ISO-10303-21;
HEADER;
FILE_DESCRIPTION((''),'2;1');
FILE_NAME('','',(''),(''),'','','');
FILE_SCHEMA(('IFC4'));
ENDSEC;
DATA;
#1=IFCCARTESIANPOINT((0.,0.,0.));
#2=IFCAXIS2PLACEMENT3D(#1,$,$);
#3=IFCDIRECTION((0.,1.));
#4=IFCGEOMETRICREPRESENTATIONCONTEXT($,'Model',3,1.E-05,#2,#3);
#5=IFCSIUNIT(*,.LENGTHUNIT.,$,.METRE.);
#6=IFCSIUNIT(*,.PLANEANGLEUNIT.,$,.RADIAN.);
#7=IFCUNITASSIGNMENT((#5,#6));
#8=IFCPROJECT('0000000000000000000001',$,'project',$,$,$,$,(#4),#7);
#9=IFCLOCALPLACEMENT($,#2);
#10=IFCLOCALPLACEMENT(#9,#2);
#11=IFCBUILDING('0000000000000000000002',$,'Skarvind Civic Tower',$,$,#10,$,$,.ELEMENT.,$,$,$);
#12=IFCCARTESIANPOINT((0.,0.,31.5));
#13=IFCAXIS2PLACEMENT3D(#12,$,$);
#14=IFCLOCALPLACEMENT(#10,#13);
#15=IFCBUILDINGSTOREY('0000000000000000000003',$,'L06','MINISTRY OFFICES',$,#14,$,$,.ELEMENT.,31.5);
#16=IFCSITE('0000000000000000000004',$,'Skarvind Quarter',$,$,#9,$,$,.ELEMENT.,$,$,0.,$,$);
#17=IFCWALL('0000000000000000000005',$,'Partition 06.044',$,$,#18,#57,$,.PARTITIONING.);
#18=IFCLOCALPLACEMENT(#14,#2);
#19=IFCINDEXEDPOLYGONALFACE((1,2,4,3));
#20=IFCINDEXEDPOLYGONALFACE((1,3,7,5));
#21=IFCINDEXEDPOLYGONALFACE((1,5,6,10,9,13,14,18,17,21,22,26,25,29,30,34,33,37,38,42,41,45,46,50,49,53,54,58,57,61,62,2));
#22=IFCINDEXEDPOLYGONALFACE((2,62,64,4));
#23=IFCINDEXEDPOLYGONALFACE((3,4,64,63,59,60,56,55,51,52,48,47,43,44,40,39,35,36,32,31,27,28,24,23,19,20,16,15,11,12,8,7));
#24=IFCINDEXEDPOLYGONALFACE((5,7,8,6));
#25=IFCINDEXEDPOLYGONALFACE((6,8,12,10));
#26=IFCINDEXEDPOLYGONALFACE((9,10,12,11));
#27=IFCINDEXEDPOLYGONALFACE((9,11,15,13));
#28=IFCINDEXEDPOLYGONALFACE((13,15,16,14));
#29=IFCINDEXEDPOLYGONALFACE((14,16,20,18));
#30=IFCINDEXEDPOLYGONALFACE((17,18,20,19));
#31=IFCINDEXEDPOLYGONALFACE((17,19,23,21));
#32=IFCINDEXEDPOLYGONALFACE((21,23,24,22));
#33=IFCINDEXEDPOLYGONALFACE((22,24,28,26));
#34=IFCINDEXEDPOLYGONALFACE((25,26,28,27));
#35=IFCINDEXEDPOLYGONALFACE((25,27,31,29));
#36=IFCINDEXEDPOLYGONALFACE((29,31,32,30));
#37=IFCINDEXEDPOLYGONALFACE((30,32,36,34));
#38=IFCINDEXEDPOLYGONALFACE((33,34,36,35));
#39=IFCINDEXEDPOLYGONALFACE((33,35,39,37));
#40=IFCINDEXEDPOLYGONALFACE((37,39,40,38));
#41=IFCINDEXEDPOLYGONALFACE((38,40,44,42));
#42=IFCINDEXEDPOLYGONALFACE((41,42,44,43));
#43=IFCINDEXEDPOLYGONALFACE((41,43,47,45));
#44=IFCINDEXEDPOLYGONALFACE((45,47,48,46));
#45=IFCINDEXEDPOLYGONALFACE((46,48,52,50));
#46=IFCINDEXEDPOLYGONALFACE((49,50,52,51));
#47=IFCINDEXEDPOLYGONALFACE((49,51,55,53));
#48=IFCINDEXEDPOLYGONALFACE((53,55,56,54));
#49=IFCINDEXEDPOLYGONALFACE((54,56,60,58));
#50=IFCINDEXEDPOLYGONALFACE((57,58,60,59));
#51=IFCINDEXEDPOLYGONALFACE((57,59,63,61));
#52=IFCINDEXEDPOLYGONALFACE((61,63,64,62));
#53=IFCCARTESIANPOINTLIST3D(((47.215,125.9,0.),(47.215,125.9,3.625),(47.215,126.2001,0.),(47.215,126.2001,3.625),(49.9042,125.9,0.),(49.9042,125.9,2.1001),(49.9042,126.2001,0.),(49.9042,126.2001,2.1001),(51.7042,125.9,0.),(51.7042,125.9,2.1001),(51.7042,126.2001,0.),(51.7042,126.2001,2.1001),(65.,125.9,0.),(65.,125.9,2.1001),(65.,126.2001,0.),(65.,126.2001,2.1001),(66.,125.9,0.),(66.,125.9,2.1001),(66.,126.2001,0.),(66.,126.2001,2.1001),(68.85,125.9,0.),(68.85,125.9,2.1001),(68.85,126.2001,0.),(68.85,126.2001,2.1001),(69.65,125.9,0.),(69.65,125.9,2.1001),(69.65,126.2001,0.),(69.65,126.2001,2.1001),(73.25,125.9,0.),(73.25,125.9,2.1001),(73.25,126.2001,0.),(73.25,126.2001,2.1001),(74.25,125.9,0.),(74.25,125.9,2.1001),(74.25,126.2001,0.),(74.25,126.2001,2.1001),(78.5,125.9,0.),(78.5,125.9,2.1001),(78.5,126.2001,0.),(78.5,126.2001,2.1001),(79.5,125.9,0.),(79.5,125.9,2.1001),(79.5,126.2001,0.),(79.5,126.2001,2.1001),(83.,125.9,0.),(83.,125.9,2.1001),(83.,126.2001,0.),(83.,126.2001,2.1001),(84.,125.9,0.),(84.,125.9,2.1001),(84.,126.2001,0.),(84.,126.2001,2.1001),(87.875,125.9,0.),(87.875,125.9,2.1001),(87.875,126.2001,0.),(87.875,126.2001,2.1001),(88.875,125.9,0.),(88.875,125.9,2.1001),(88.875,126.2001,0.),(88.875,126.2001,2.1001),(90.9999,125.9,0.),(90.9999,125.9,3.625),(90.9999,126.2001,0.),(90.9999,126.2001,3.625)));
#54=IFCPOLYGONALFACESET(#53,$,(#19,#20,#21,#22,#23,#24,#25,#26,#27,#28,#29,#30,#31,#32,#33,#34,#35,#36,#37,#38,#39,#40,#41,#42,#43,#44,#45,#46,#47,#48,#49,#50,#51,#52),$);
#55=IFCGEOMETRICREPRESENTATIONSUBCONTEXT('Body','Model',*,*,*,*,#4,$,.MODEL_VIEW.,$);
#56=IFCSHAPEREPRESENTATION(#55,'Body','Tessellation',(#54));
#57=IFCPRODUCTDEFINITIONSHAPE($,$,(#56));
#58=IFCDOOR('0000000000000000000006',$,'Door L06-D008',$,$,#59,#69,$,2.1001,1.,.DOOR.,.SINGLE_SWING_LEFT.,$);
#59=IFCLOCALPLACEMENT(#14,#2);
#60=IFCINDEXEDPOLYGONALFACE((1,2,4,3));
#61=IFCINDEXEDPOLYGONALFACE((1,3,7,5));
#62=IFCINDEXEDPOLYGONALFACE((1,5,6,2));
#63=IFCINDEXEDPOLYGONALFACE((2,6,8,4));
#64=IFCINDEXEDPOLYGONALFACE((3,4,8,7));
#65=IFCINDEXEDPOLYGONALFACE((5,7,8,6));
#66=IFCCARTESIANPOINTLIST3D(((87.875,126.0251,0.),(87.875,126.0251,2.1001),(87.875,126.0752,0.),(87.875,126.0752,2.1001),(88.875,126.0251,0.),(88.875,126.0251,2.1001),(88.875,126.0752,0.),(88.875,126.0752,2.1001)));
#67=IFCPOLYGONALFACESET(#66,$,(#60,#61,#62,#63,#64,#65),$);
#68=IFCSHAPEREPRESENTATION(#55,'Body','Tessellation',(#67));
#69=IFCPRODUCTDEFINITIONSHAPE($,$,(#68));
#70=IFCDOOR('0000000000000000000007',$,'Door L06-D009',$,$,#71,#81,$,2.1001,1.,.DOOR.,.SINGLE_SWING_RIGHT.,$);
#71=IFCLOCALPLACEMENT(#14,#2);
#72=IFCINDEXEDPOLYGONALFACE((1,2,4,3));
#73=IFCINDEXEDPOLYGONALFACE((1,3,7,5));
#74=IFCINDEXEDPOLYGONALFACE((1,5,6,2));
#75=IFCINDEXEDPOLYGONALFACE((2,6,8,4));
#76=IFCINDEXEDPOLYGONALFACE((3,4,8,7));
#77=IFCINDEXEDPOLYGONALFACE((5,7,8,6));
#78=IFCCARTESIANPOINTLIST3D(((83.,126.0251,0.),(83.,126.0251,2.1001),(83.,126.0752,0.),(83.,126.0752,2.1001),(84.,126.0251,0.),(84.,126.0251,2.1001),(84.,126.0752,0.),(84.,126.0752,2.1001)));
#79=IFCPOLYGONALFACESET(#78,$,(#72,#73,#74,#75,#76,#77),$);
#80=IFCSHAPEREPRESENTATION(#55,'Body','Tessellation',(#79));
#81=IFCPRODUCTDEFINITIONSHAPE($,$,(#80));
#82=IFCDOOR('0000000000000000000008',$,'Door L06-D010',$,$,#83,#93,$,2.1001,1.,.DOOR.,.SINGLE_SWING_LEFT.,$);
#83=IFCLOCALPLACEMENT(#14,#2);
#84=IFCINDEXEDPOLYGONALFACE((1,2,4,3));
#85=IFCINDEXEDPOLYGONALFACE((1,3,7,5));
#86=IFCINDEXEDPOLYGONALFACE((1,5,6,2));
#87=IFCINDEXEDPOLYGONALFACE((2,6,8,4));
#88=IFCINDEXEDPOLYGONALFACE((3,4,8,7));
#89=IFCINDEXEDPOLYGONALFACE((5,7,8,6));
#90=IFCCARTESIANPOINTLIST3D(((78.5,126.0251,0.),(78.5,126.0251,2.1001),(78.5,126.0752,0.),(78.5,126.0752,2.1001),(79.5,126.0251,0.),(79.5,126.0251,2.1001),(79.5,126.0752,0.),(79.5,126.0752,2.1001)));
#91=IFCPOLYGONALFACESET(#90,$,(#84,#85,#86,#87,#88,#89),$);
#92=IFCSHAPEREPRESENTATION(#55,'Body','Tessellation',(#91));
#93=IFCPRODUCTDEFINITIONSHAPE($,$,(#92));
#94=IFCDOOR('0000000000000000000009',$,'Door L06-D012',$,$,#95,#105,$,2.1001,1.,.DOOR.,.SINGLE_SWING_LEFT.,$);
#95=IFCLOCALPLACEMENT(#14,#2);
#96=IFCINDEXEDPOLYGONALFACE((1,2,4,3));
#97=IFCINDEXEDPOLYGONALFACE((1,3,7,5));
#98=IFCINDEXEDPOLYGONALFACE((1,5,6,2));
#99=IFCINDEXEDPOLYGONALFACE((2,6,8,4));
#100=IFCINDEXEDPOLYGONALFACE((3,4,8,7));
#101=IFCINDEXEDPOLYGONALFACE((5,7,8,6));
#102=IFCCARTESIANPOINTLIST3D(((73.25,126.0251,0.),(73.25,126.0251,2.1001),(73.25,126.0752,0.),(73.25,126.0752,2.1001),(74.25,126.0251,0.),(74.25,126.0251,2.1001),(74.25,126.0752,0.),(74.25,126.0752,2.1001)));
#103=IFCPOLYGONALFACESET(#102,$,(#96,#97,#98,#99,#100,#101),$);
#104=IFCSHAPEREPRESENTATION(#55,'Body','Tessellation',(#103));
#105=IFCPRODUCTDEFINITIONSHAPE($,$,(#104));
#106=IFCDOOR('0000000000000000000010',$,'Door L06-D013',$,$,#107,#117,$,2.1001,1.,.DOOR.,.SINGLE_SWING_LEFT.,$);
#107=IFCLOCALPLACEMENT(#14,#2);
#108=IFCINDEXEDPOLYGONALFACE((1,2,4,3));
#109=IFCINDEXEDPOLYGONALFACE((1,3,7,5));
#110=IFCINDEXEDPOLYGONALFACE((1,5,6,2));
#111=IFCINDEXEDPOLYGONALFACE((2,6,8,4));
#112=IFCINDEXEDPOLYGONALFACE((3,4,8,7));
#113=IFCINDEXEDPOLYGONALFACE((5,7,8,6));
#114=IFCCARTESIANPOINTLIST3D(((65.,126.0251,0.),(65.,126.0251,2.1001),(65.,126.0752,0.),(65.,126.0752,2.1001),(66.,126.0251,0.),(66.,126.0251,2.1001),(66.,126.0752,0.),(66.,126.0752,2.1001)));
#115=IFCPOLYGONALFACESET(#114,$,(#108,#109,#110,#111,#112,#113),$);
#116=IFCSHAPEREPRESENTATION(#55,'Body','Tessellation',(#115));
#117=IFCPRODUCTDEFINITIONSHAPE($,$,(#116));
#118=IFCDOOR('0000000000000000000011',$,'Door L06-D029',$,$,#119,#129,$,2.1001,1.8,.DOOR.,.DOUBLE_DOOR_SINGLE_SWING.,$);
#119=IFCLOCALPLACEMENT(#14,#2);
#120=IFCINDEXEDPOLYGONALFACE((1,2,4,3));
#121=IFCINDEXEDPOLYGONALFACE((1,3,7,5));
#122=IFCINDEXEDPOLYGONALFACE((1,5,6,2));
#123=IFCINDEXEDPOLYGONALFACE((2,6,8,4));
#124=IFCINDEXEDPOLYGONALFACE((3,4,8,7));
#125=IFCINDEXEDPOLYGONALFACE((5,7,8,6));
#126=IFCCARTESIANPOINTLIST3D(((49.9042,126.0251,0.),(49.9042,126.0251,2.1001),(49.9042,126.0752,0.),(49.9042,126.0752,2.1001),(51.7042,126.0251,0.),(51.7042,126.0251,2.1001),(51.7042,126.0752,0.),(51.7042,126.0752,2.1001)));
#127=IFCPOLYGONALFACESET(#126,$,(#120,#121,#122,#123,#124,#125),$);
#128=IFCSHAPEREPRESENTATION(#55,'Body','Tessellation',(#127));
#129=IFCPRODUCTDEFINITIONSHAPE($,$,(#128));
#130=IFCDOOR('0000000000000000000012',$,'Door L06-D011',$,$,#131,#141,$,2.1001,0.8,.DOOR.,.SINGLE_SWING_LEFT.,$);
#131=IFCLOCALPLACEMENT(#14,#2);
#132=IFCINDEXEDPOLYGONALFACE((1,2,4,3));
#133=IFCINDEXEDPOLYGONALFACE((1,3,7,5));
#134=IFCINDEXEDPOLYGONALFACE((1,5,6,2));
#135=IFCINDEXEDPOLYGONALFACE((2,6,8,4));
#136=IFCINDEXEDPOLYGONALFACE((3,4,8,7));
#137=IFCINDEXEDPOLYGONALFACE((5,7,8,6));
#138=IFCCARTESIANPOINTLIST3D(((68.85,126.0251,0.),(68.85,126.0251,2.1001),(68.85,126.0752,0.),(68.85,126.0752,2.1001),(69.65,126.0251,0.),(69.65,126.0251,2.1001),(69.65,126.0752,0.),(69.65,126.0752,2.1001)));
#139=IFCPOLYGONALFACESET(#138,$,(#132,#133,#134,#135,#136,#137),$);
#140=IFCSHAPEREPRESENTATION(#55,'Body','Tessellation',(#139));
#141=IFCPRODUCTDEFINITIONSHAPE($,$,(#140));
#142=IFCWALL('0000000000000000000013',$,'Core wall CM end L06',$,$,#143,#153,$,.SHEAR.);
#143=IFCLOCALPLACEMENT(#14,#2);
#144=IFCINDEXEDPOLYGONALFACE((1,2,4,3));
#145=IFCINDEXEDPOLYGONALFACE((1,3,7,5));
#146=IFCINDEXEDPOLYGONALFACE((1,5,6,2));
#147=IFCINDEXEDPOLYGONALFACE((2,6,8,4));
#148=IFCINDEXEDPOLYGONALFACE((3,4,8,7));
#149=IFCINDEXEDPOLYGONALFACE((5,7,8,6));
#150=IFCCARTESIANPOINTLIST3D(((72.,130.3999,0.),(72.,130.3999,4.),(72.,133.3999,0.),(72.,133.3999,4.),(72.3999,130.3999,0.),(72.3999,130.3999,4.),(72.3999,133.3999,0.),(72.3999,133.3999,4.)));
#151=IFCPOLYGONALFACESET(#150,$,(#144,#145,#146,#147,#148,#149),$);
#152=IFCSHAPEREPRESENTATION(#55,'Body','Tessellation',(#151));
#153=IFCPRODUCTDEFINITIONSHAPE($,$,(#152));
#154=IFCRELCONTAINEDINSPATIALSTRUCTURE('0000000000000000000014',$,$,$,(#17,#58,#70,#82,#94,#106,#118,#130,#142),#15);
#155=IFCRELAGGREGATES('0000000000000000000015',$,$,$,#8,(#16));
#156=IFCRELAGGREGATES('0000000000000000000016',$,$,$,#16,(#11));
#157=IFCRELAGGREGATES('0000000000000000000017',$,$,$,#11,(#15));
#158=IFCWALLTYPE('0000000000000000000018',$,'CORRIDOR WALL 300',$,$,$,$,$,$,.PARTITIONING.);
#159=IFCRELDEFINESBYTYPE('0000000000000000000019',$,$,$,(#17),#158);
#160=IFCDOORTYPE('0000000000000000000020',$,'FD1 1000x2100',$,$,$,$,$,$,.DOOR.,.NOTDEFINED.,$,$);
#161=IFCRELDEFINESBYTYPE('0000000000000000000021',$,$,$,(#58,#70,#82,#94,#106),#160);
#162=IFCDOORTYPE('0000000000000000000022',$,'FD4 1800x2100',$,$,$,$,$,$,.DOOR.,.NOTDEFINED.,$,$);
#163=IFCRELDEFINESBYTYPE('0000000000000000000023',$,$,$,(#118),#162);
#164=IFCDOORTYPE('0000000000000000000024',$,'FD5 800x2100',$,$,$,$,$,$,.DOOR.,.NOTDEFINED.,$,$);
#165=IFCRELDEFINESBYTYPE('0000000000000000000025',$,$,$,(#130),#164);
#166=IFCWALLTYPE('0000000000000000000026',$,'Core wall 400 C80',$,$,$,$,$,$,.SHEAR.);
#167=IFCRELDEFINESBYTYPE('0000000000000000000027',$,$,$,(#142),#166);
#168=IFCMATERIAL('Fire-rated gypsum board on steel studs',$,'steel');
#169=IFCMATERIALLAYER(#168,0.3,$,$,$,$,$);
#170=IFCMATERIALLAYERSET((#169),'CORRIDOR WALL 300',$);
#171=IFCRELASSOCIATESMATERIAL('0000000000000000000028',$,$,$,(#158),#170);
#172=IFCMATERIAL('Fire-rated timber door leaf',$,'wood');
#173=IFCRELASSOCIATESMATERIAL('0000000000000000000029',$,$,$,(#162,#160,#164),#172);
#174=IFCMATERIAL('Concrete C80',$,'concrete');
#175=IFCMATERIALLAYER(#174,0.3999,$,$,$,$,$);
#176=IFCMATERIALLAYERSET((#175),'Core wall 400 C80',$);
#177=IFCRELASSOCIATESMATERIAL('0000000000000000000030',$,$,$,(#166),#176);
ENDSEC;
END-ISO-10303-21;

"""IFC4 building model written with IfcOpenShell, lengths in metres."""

from ifc_helpers import new_model, si_unit, direction, frame, frame_2d, origin, place, context, subcontext, project, spatial, rectangle, extrude, material, layer, layer_set, type_object, element, fill, save


model = new_model("IFC4")

# Units and contexts
model_context = context("Model", 3, precision=1e-05, world=origin(), true_north=direction((0.0, 1.0)))
body_context = subcontext(model_context, "Body", "Model", "MODEL_VIEW")
ifc_project = project(units=[si_unit("LENGTHUNIT", "METRE"), si_unit("PLANEANGLEUNIT", "RADIAN")], contexts=[model_context])

# Site, building, storey
site_placement = place(None, origin())
site = spatial("IfcSite", under=ifc_project, at=site_placement, Name="Skarvind Quarter", CompositionType="ELEMENT", RefElevation=0.0)
building_placement = place(site_placement, origin())
building = spatial("IfcBuilding", under=site, at=building_placement, Name="Skarvind Civic Tower", CompositionType="ELEMENT")
storey_placement = place(building_placement, frame((0.0, 0.0, 31.5)))
storey = spatial("IfcBuildingStorey", under=building, at=storey_placement, Name="L06", Description="MINISTRY OFFICES", CompositionType="ELEMENT", Elevation=31.5)

# Shared definitions
ifc_material_1 = material(Name="Concrete C80", Category="concrete")

# Wall, openings, doors
ifc_material_2 = material(Name="Fire-rated gypsum board on steel studs", Category="steel")
ifc_layer_1 = layer(ifc_material_2, 0.3)
ifc_layer_set_1 = layer_set([ifc_layer_1], Name="CORRIDOR WALL 300")
wall_type_1 = type_object("IfcWallType", Name="CORRIDOR WALL 300", PredefinedType="PARTITIONING", material=ifc_layer_set_1)
ifc_material_3 = material(Name="Fire-rated timber door leaf", Category="wood")
door_type_1 = type_object("IfcDoorType", Name="FD4 1800x2100", OperationType="NOTDEFINED", PredefinedType="DOOR", material=ifc_material_3)
wall_1_placement = place(storey_placement, frame((91.0, 126.05, 0.0), z_axis=(0.0, 0.0, 1.0), x_axis=(-1.0, 0.0, 0.0)))
wall_1 = element("IfcWall", 1, at=wall_1_placement, inside=storey, type_object=wall_type_1, Name="Partition 06.044", PredefinedType="PARTITIONING", context=body_context, shape_type="SweptSolid", body=[
    extrude(rectangle(XDim=43.7849, YDim=0.3, at=frame_2d((21.8926, 0.0))), origin(), (0.0, 0.0, 1.0), 3.625),
])
opening_1_placement = place(wall_1_placement, frame((2.125, 0.0, 0.0)))
opening_1 = element("IfcOpeningElement", 2, at=opening_1_placement, cuts=wall_1, PredefinedType="OPENING", context=body_context, shape_type="SweptSolid", body=[
    extrude(rectangle(XDim=1.0, YDim=2.1001, at=frame_2d((0.5, 1.05))), frame((0.0, 0.1599, 0.0), z_axis=(0.0, -1.0, 0.0), x_axis=(1.0, 0.0, 0.0)), (0.0, 0.0, 1.0), 0.3201),
])
opening_2_placement = place(wall_1_placement, frame((7.0, 0.0, 0.0)))
opening_2 = element("IfcOpeningElement", 3, at=opening_2_placement, cuts=wall_1, PredefinedType="OPENING", context=body_context, shape_type="SweptSolid", body=[
    extrude(rectangle(XDim=1.0, YDim=2.1001, at=frame_2d((0.5, 1.05))), frame((0.0, 0.1599, 0.0), z_axis=(0.0, -1.0, 0.0), x_axis=(1.0, 0.0, 0.0)), (0.0, 0.0, 1.0), 0.3201),
])
opening_3_placement = place(wall_1_placement, frame((11.5, 0.0, 0.0)))
opening_3 = element("IfcOpeningElement", 4, at=opening_3_placement, cuts=wall_1, PredefinedType="OPENING", context=body_context, shape_type="SweptSolid", body=[
    extrude(rectangle(XDim=1.0, YDim=2.1001, at=frame_2d((0.5, 1.05))), frame((0.0, 0.1599, 0.0), z_axis=(0.0, -1.0, 0.0), x_axis=(1.0, 0.0, 0.0)), (0.0, 0.0, 1.0), 0.3201),
])
opening_4_placement = place(wall_1_placement, frame((21.3501, 0.0, 0.0)))
opening_4 = element("IfcOpeningElement", 5, at=opening_4_placement, cuts=wall_1, PredefinedType="OPENING", context=body_context, shape_type="SweptSolid", body=[
    extrude(rectangle(XDim=0.8, YDim=2.1001, at=frame_2d((0.3999, 1.05))), frame((0.0, 0.1599, 0.0), z_axis=(0.0, -1.0, 0.0), x_axis=(1.0, 0.0, 0.0)), (0.0, 0.0, 1.0), 0.3201),
])
opening_5_placement = place(wall_1_placement, frame((16.75, 0.0, 0.0)))
opening_5 = element("IfcOpeningElement", 6, at=opening_5_placement, cuts=wall_1, PredefinedType="OPENING", context=body_context, shape_type="SweptSolid", body=[
    extrude(rectangle(XDim=1.0, YDim=2.1001, at=frame_2d((0.5, 1.05))), frame((0.0, 0.1599, 0.0), z_axis=(0.0, -1.0, 0.0), x_axis=(1.0, 0.0, 0.0)), (0.0, 0.0, 1.0), 0.3201),
])
opening_6_placement = place(wall_1_placement, frame((25.0, 0.0, 0.0)))
opening_6 = element("IfcOpeningElement", 7, at=opening_6_placement, cuts=wall_1, PredefinedType="OPENING", context=body_context, shape_type="SweptSolid", body=[
    extrude(rectangle(XDim=1.0, YDim=2.1001, at=frame_2d((0.5, 1.05))), frame((0.0, 0.1599, 0.0), z_axis=(0.0, -1.0, 0.0), x_axis=(1.0, 0.0, 0.0)), (0.0, 0.0, 1.0), 0.3201),
])
opening_7_placement = place(wall_1_placement, frame((39.2959, 0.0, 0.0)))
opening_7 = element("IfcOpeningElement", 8, at=opening_7_placement, cuts=wall_1, PredefinedType="OPENING", context=body_context, shape_type="SweptSolid", body=[
    extrude(rectangle(XDim=1.8, YDim=2.1001, at=frame_2d((0.8999, 1.05))), frame((0.0, 0.1599, 0.0), z_axis=(0.0, -1.0, 0.0), x_axis=(1.0, 0.0, 0.0)), (0.0, 0.0, 1.0), 0.3201),
])
door_type_2 = type_object("IfcDoorType", Name="FD1 1000x2100", OperationType="NOTDEFINED", PredefinedType="DOOR", material=ifc_material_3)
door_1_placement = place(opening_1_placement, origin())
door_1 = element("IfcDoor", 9, at=door_1_placement, inside=storey, type_object=door_type_2, Name="Door L06-D008", OperationType="SINGLE_SWING_LEFT", OverallHeight=2.1001, OverallWidth=1.0, PredefinedType="DOOR", context=body_context, shape_type="SweptSolid", body=[
    extrude(rectangle(XDim=1.0, YDim=2.1001, at=frame_2d((0.5, 1.05))), frame((0.0, 0.0249, 0.0), z_axis=(0.0, -1.0, 0.0), x_axis=(1.0, 0.0, 0.0)), (0.0, 0.0, 1.0), 0.05),
])
fill(opening_1, door_1)
door_2_placement = place(opening_2_placement, origin())
door_2 = element("IfcDoor", 10, at=door_2_placement, inside=storey, type_object=door_type_2, Name="Door L06-D009", OperationType="SINGLE_SWING_RIGHT", OverallHeight=2.1001, OverallWidth=1.0, PredefinedType="DOOR", context=body_context, shape_type="SweptSolid", body=[
    extrude(rectangle(XDim=1.0, YDim=2.1001, at=frame_2d((0.5, 1.05))), frame((0.0, 0.0249, 0.0), z_axis=(0.0, -1.0, 0.0), x_axis=(1.0, 0.0, 0.0)), (0.0, 0.0, 1.0), 0.05),
])
fill(opening_2, door_2)
door_3_placement = place(opening_3_placement, origin())
door_3 = element("IfcDoor", 11, at=door_3_placement, inside=storey, type_object=door_type_2, Name="Door L06-D010", OperationType="SINGLE_SWING_LEFT", OverallHeight=2.1001, OverallWidth=1.0, PredefinedType="DOOR", context=body_context, shape_type="SweptSolid", body=[
    extrude(rectangle(XDim=1.0, YDim=2.1001, at=frame_2d((0.5, 1.05))), frame((0.0, 0.0249, 0.0), z_axis=(0.0, -1.0, 0.0), x_axis=(1.0, 0.0, 0.0)), (0.0, 0.0, 1.0), 0.05),
])
fill(opening_3, door_3)
door_4_placement = place(opening_5_placement, origin())
door_4 = element("IfcDoor", 12, at=door_4_placement, inside=storey, type_object=door_type_2, Name="Door L06-D012", OperationType="SINGLE_SWING_LEFT", OverallHeight=2.1001, OverallWidth=1.0, PredefinedType="DOOR", context=body_context, shape_type="SweptSolid", body=[
    extrude(rectangle(XDim=1.0, YDim=2.1001, at=frame_2d((0.5, 1.05))), frame((0.0, 0.0249, 0.0), z_axis=(0.0, -1.0, 0.0), x_axis=(1.0, 0.0, 0.0)), (0.0, 0.0, 1.0), 0.05),
])
fill(opening_5, door_4)
door_5_placement = place(opening_6_placement, origin())
door_5 = element("IfcDoor", 13, at=door_5_placement, inside=storey, type_object=door_type_2, Name="Door L06-D013", OperationType="SINGLE_SWING_LEFT", OverallHeight=2.1001, OverallWidth=1.0, PredefinedType="DOOR", context=body_context, shape_type="SweptSolid", body=[
    extrude(rectangle(XDim=1.0, YDim=2.1001, at=frame_2d((0.5, 1.05))), frame((0.0, 0.0249, 0.0), z_axis=(0.0, -1.0, 0.0), x_axis=(1.0, 0.0, 0.0)), (0.0, 0.0, 1.0), 0.05),
])
fill(opening_6, door_5)
door_6_placement = place(opening_7_placement, origin())
door_6 = element("IfcDoor", 14, at=door_6_placement, inside=storey, type_object=door_type_1, Name="Door L06-D029", OperationType="DOUBLE_DOOR_SINGLE_SWING", OverallHeight=2.1001, OverallWidth=1.8, PredefinedType="DOOR", context=body_context, shape_type="SweptSolid", body=[
    extrude(rectangle(XDim=1.8, YDim=2.1001, at=frame_2d((0.8999, 1.05))), frame((0.0, 0.0249, 0.0), z_axis=(0.0, -1.0, 0.0), x_axis=(1.0, 0.0, 0.0)), (0.0, 0.0, 1.0), 0.05),
])
fill(opening_7, door_6)
door_type_3 = type_object("IfcDoorType", Name="FD5 800x2100", OperationType="NOTDEFINED", PredefinedType="DOOR", material=ifc_material_3)
door_7_placement = place(opening_4_placement, origin())
door_7 = element("IfcDoor", 15, at=door_7_placement, inside=storey, type_object=door_type_3, Name="Door L06-D011", OperationType="SINGLE_SWING_LEFT", OverallHeight=2.1001, OverallWidth=0.8, PredefinedType="DOOR", context=body_context, shape_type="SweptSolid", body=[
    extrude(rectangle(XDim=0.8, YDim=2.1001, at=frame_2d((0.3999, 1.05))), frame((0.0, 0.0249, 0.0), z_axis=(0.0, -1.0, 0.0), x_axis=(1.0, 0.0, 0.0)), (0.0, 0.0, 1.0), 0.05),
])
fill(opening_4, door_7)

# Wall
ifc_layer_2 = layer(ifc_material_1, 0.3999)
ifc_layer_set_2 = layer_set([ifc_layer_2], Name="Core wall 400 C80")
wall_type_2 = type_object("IfcWallType", Name="Core wall 400 C80", PredefinedType="SHEAR", material=ifc_layer_set_2)
wall_2_placement = place(storey_placement, frame((72.2, 130.3999, 0.0), z_axis=(0.0, 0.0, 1.0), x_axis=(0.0, 1.0, 0.0)))
element("IfcWall", 16, at=wall_2_placement, inside=storey, type_object=wall_type_2, Name="Core wall CM end L06", PredefinedType="SHEAR", context=body_context, shape_type="SweptSolid", body=[
    extrude(rectangle(XDim=3.0, YDim=0.3999, at=frame_2d((1.5, 0.0))), origin(), (0.0, 0.0, 1.0), 4.0),
])

save(model, "model.ifc")
